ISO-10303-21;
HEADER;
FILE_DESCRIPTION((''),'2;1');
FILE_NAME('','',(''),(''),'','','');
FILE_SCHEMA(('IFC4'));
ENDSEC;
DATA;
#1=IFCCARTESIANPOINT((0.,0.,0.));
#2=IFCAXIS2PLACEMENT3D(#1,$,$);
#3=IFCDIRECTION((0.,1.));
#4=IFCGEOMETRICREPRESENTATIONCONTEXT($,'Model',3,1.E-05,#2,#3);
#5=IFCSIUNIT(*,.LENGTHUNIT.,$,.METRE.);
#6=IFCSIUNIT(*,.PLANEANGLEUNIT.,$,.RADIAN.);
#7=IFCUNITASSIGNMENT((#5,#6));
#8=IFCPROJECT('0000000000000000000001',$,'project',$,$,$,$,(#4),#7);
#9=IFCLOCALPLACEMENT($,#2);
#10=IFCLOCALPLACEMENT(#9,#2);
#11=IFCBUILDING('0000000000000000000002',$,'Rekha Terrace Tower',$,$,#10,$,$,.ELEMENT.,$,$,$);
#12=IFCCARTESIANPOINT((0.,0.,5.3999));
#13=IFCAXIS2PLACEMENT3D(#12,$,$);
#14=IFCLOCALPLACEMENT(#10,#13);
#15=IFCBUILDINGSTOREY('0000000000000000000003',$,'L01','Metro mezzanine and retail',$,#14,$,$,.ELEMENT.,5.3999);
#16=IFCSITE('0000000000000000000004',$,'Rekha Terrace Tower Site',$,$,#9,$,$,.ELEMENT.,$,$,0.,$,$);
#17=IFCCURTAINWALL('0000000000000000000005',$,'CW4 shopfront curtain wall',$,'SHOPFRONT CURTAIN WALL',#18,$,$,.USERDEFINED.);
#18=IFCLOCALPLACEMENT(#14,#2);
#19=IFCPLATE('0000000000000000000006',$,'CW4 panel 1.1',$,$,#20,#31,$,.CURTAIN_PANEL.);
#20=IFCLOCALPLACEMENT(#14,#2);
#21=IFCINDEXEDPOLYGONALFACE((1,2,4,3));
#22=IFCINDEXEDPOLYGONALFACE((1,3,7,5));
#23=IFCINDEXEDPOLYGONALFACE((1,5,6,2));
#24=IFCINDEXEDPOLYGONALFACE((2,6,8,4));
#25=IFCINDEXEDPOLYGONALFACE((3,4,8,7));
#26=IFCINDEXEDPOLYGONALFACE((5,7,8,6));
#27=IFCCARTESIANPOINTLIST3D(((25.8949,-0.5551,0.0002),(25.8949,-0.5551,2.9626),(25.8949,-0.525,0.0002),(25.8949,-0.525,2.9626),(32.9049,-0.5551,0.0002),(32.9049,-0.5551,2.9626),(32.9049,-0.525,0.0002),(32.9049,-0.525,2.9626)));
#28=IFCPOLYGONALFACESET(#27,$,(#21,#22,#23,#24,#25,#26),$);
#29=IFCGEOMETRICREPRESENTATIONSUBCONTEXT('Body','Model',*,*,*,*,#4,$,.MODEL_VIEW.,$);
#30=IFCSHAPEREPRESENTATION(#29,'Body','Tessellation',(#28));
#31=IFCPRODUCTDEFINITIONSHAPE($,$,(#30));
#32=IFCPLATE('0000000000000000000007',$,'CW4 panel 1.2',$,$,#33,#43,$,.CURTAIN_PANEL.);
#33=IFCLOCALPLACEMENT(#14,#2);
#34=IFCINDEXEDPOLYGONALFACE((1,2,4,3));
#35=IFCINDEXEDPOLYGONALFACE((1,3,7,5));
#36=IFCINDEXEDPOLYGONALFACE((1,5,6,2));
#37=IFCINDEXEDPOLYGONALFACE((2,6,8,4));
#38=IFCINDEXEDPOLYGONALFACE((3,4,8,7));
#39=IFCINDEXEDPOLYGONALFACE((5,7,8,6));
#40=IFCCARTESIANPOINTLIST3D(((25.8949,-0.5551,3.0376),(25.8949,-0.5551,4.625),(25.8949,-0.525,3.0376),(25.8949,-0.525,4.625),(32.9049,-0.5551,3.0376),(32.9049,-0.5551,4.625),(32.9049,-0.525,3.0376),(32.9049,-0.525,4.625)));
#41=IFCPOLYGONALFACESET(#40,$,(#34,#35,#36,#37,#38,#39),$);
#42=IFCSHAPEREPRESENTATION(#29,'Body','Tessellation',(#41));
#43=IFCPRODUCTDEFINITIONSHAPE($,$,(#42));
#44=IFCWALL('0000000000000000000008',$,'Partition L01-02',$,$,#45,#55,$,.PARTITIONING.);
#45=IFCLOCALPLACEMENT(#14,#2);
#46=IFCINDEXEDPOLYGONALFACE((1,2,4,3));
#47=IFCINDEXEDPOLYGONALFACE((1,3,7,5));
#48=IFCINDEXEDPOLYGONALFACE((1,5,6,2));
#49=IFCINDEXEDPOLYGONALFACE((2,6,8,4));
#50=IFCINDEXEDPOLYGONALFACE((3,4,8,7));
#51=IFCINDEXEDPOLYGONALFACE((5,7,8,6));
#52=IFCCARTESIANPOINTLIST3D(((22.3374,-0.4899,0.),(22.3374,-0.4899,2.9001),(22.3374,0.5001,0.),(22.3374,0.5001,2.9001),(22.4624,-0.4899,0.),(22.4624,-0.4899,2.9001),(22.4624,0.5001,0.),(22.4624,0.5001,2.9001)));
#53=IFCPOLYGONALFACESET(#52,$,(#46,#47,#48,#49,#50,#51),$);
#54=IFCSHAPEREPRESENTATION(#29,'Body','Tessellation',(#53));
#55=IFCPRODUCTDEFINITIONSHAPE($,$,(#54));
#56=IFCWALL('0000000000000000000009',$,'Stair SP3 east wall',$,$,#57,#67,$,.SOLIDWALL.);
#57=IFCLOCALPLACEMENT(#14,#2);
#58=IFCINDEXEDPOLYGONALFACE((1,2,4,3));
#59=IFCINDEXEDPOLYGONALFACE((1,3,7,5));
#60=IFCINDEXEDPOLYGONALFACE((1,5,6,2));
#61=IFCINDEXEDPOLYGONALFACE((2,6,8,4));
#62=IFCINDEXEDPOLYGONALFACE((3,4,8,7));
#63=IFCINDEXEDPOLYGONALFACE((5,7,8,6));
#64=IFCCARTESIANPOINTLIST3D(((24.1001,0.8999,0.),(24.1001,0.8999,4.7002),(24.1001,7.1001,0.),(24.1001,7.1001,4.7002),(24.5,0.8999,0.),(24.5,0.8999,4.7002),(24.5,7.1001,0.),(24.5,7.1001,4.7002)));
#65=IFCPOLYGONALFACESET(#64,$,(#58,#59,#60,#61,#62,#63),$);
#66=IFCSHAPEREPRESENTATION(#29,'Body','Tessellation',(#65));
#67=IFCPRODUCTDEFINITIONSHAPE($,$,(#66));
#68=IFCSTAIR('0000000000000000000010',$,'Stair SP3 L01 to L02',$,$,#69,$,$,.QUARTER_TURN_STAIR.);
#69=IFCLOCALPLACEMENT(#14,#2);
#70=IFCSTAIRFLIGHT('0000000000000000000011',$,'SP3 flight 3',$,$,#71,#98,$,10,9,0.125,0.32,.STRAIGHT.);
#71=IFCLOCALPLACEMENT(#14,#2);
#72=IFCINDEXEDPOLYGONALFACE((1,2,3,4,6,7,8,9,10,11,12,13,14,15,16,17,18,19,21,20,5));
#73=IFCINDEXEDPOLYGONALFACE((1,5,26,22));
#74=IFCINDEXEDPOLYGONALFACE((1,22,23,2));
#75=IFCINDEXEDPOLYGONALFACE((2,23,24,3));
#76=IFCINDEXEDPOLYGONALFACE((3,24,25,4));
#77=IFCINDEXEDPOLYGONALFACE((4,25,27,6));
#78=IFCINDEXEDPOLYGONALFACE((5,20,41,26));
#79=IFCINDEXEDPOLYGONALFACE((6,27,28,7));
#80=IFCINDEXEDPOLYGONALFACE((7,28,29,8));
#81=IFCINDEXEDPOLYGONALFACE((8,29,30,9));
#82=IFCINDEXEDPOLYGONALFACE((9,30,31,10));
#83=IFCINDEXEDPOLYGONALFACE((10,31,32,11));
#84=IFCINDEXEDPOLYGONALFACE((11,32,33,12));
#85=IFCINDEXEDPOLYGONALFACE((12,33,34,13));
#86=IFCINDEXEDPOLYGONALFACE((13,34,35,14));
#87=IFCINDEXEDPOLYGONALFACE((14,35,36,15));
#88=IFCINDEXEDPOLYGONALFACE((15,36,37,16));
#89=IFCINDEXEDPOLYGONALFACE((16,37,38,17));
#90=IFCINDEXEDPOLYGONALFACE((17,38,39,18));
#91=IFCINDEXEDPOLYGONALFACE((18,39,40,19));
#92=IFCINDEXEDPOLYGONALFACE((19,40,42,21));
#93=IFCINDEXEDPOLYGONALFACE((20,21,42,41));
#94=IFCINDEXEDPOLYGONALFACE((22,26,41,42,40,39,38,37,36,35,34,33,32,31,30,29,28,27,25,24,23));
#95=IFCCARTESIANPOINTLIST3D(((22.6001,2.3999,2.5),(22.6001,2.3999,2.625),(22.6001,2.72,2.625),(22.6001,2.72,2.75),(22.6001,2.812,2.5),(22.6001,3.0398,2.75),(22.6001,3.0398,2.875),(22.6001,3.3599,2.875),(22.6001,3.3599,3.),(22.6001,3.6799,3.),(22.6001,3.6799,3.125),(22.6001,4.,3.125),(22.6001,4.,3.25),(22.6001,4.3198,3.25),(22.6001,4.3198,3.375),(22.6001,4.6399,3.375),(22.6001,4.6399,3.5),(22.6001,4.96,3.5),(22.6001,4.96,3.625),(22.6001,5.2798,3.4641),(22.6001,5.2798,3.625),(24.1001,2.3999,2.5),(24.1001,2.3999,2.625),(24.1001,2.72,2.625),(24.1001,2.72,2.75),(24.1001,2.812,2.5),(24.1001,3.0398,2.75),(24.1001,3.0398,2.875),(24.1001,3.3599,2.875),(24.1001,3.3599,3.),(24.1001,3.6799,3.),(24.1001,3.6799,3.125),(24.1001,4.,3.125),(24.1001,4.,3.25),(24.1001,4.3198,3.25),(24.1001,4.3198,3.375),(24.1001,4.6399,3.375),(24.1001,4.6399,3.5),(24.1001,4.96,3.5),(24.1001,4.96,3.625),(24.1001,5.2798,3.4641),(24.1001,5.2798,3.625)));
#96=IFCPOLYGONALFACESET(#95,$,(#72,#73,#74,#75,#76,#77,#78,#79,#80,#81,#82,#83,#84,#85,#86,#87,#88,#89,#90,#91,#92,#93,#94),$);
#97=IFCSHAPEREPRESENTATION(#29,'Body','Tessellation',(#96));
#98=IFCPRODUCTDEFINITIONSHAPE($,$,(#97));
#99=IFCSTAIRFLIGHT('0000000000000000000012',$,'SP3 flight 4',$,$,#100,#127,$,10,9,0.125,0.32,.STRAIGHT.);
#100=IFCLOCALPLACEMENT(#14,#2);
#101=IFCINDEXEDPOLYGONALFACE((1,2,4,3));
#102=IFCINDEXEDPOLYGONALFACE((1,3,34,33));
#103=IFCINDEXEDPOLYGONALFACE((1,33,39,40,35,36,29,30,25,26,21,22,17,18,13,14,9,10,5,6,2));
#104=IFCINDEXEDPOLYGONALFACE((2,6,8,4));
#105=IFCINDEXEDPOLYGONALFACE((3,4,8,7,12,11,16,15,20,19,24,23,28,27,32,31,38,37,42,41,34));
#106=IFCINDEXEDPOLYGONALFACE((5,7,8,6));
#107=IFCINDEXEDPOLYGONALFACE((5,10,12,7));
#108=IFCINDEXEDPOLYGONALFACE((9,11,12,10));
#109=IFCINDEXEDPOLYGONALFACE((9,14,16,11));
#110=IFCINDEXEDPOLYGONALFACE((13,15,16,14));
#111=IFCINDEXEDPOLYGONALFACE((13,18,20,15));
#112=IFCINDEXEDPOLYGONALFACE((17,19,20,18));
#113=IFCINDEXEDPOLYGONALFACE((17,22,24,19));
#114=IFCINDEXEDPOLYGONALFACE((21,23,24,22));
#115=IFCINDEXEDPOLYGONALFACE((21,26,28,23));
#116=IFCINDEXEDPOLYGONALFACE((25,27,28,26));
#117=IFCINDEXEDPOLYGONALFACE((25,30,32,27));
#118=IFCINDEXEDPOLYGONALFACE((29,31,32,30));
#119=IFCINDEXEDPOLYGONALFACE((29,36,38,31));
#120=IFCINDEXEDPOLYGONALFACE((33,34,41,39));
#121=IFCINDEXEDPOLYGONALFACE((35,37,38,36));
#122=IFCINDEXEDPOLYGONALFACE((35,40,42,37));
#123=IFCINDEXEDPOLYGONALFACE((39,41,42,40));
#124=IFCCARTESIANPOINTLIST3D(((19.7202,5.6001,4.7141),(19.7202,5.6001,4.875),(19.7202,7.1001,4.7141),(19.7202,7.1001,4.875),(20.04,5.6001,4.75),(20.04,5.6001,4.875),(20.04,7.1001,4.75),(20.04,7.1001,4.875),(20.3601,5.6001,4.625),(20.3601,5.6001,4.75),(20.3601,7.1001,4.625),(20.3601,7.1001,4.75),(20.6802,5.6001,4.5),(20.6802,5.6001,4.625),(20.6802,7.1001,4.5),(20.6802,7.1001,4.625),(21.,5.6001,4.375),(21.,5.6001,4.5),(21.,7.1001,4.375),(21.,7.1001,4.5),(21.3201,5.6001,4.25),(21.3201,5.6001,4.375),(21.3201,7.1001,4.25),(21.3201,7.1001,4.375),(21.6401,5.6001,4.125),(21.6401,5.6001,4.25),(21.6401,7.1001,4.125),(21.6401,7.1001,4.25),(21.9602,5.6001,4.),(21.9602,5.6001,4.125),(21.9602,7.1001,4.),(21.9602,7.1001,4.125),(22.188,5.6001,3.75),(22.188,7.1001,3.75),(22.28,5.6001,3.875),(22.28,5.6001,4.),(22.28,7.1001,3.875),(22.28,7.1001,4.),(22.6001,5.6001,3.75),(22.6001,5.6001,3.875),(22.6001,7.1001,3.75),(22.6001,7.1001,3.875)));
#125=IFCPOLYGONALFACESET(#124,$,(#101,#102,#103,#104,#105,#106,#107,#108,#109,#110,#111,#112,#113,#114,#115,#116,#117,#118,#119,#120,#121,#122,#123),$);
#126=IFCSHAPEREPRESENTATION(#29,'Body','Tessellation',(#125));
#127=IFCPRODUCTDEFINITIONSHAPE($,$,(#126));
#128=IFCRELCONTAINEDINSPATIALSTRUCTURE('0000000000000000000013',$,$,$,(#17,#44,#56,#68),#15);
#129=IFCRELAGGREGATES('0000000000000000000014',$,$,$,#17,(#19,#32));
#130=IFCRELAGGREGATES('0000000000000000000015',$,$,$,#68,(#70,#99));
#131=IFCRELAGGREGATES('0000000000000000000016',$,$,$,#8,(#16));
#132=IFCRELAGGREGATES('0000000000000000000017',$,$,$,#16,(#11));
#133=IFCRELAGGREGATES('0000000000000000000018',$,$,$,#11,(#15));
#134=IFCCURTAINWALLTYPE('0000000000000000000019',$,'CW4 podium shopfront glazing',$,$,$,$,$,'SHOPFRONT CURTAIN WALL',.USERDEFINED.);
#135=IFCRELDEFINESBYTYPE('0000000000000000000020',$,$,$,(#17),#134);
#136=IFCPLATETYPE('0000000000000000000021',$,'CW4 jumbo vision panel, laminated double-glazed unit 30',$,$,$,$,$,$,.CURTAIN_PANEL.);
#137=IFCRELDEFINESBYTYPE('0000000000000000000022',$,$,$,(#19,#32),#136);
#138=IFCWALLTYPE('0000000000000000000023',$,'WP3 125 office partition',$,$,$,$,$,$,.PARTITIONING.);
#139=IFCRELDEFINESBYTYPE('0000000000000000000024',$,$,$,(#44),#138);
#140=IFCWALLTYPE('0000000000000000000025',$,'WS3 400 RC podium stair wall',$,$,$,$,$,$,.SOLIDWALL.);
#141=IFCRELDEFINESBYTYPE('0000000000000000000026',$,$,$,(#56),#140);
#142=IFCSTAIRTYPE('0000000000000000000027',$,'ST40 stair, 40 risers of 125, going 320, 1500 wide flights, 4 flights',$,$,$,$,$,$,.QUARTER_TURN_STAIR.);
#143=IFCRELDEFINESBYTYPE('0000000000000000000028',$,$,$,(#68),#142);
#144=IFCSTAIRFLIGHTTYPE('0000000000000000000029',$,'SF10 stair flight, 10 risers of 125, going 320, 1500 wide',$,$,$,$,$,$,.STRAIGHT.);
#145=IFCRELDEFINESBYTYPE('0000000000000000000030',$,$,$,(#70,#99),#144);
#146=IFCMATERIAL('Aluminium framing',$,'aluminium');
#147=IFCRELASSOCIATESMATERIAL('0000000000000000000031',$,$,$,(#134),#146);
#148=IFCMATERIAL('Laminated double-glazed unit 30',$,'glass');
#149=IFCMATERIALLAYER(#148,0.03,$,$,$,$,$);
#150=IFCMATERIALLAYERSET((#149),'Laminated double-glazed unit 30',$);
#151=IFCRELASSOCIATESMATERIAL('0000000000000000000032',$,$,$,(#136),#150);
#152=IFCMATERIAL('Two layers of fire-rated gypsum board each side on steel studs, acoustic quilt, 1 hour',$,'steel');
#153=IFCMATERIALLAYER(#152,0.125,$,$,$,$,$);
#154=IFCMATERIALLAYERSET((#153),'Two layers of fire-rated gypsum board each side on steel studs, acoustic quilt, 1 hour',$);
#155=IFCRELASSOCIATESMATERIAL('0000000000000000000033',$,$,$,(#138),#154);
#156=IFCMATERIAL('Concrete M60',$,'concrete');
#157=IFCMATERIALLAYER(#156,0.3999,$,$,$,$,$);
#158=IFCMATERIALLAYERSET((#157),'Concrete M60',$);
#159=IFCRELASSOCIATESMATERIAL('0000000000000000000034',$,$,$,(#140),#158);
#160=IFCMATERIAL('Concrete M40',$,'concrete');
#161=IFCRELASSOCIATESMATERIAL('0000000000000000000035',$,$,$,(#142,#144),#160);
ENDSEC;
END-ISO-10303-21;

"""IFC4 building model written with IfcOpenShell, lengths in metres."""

from ifc_helpers import new_model, si_unit, direction, frame, frame_2d, origin, origin_2d, place, context, subcontext, project, spatial, polyline, rectangle, outline, extrude, material, layer, layer_set, type_object, element, aggregate, save


model = new_model("IFC4")

# Units and contexts
model_context = context("Model", 3, precision=1e-05, world=origin(), true_north=direction((0.0, 1.0)))
body_context = subcontext(model_context, "Body", "Model", "MODEL_VIEW")
ifc_project = project(units=[si_unit("LENGTHUNIT", "METRE"), si_unit("PLANEANGLEUNIT", "RADIAN")], contexts=[model_context])

# Site, building, storey
site_placement = place(None, origin())
site = spatial("IfcSite", under=ifc_project, at=site_placement, Name="Rekha Terrace Tower Site", CompositionType="ELEMENT", RefElevation=0.0)
building_placement = place(site_placement, origin())
building = spatial("IfcBuilding", under=site, at=building_placement, Name="Rekha Terrace Tower", CompositionType="ELEMENT")
storey_placement = place(building_placement, frame((0.0, 0.0, 5.3999)))
storey = spatial("IfcBuildingStorey", under=building, at=storey_placement, Name="L01", Description="Metro mezzanine and retail", CompositionType="ELEMENT", Elevation=5.3999)

# Shared definitions
ifc_material_1 = material(Name="Concrete M60", Category="concrete")

# Shared definitions
ifc_material_2 = material(Name="Aluminium framing", Category="aluminium")
curtain_wall_type = type_object("IfcCurtainWallType", Name="CW4 podium shopfront glazing", ElementType="SHOPFRONT CURTAIN WALL", PredefinedType="USERDEFINED", material=ifc_material_2)

# Curtain wall
curtain_wall_1_placement = place(storey_placement, origin())
curtain_wall_1 = element("IfcCurtainWall", 1, at=curtain_wall_1_placement, inside=storey, type_object=curtain_wall_type, Name="CW4 shopfront curtain wall", ObjectType="SHOPFRONT CURTAIN WALL", PredefinedType="USERDEFINED")

# Plates
ifc_material_3 = material(Name="Laminated double-glazed unit 30", Category="glass")
ifc_layer_1 = layer(ifc_material_3, 0.03)
ifc_layer_set_1 = layer_set([ifc_layer_1], Name="Laminated double-glazed unit 30")
plate_type = type_object("IfcPlateType", Name="CW4 jumbo vision panel, laminated double-glazed unit 30", PredefinedType="CURTAIN_PANEL", material=ifc_layer_set_1)
plate_1_placement = place(storey_placement, frame((29.3999, -0.54, 0.0002), z_axis=(0.0, 0.0, 1.0), x_axis=(1.0, 0.0, 0.0)))
plate_1 = element("IfcPlate", 2, at=plate_1_placement, type_object=plate_type, Name="CW4 panel 1.1", PredefinedType="CURTAIN_PANEL", context=body_context, shape_type="SweptSolid", body=[
    extrude(rectangle(XDim=7.01, YDim=0.03, at=origin_2d()), origin(), (0.0, 0.0, 1.0), 2.9624),
])
plate_2_placement = place(storey_placement, frame((29.3999, -0.54, 3.0376), z_axis=(0.0, 0.0, 1.0), x_axis=(1.0, 0.0, 0.0)))
plate_2 = element("IfcPlate", 3, at=plate_2_placement, type_object=plate_type, Name="CW4 panel 1.2", PredefinedType="CURTAIN_PANEL", context=body_context, shape_type="SweptSolid", body=[
    extrude(rectangle(XDim=7.01, YDim=0.03, at=origin_2d()), origin(), (0.0, 0.0, 1.0), 1.5874),
])
aggregate(curtain_wall_1, [plate_1, plate_2])

# Walls
ifc_material_4 = material(Name="Two layers of fire-rated gypsum board each side on steel studs, acoustic quilt, 1 hour", Category="steel")
ifc_layer_2 = layer(ifc_material_4, 0.125)
ifc_layer_set_2 = layer_set([ifc_layer_2], Name="Two layers of fire-rated gypsum board each side on steel studs, acoustic quilt, 1 hour")
wall_type_1 = type_object("IfcWallType", Name="WP3 125 office partition", PredefinedType="PARTITIONING", material=ifc_layer_set_2)
wall_1_placement = place(storey_placement, frame((22.3999, -0.49, 0.0), z_axis=(0.0, 0.0, 1.0), x_axis=(0.0, 1.0, 0.0)))
element("IfcWall", 4, at=wall_1_placement, inside=storey, type_object=wall_type_1, Name="Partition L01-02", PredefinedType="PARTITIONING", context=body_context, shape_type="SweptSolid", body=[
    extrude(rectangle(XDim=0.99, YDim=0.125, at=frame_2d((0.4951, 0.0))), origin(), (0.0, 0.0, 1.0), 2.9001),
])
ifc_layer_3 = layer(ifc_material_1, 0.3999)
ifc_layer_set_3 = layer_set([ifc_layer_3], Name="Concrete M60")
wall_type_2 = type_object("IfcWallType", Name="WS3 400 RC podium stair wall", PredefinedType="SOLIDWALL", material=ifc_layer_set_3)
wall_2_placement = place(storey_placement, frame((24.3, 0.8999, 0.0), z_axis=(0.0, 0.0, 1.0), x_axis=(0.0, 1.0, 0.0)))
element("IfcWall", 5, at=wall_2_placement, inside=storey, type_object=wall_type_2, Name="Stair SP3 east wall", PredefinedType="SOLIDWALL", context=body_context, shape_type="SweptSolid", body=[
    extrude(rectangle(XDim=6.2002, YDim=0.3999, at=frame_2d((3.1001, 0.0))), origin(), (0.0, 0.0, 1.0), 4.7002),
])

# Stair, stair flights
ifc_material_5 = material(Name="Concrete M40", Category="concrete")
stair_type = type_object("IfcStairType", Name="ST40 stair, 40 risers of 125, going 320, 1500 wide flights, 4 flights", PredefinedType="QUARTER_TURN_STAIR", material=ifc_material_5)
stair_placement = place(storey_placement, origin())
stair = element("IfcStair", 6, at=stair_placement, inside=storey, type_object=stair_type, Name="Stair SP3 L01 to L02", PredefinedType="QUARTER_TURN_STAIR")
stair_flight_type = type_object("IfcStairFlightType", Name="SF10 stair flight, 10 risers of 125, going 320, 1500 wide", PredefinedType="STRAIGHT", material=ifc_material_5)
stair_flight_1_placement = place(storey_placement, frame((23.3501, 2.3999, 2.5), z_axis=(0.0, 0.0, 1.0), x_axis=(0.0, 1.0, 0.0)))
stair_flight_1 = element("IfcStairFlight", 7, at=stair_flight_1_placement, type_object=stair_flight_type, Name="SP3 flight 3", NumberOfRisers=10, NumberOfTreads=9, PredefinedType="STRAIGHT", RiserHeight=0.125, TreadLength=0.32, context=body_context, shape_type="SweptSolid", body=[
    extrude(outline(polyline([(0.0, 0.0), (0.0, 0.125), (0.3201, 0.125), (0.3201, 0.25), (0.6399, 0.25), (0.6399, 0.375), (0.96, 0.375), (0.96, 0.5), (1.28, 0.5), (1.28, 0.625), (1.6001, 0.625), (1.6001, 0.75), (1.9199, 0.75), (1.9199, 0.875), (2.24, 0.875), (2.24, 1.0), (2.5601, 1.0), (2.5601, 1.125), (2.8799, 1.125), (2.8799, 1.25), (2.8799, 0.9641), (0.4121, 0.0), (0.0, 0.0)])), frame((0.0, 0.75, 0.0), z_axis=(0.0, -1.0, 0.0), x_axis=(1.0, 0.0, 0.0)), (0.0, 0.0, 1.0), 1.5),
])
stair_flight_2_placement = place(storey_placement, frame((22.6001, 6.3501, 3.75), z_axis=(0.0, 0.0, 1.0), x_axis=(-1.0, 0.0, 0.0)))
stair_flight_2 = element("IfcStairFlight", 8, at=stair_flight_2_placement, type_object=stair_flight_type, Name="SP3 flight 4", NumberOfRisers=10, NumberOfTreads=9, PredefinedType="STRAIGHT", RiserHeight=0.125, TreadLength=0.32, context=body_context, shape_type="SweptSolid", body=[
    extrude(outline(polyline([(0.0, 0.0), (0.0, 0.125), (0.3201, 0.125), (0.3201, 0.25), (0.6399, 0.25), (0.6399, 0.375), (0.96, 0.375), (0.96, 0.5), (1.28, 0.5), (1.28, 0.625), (1.6001, 0.625), (1.6001, 0.75), (1.9199, 0.75), (1.9199, 0.875), (2.24, 0.875), (2.24, 1.0), (2.5601, 1.0), (2.5601, 1.125), (2.8799, 1.125), (2.8799, 1.25), (2.8799, 0.9641), (0.4121, 0.0), (0.0, 0.0)])), frame((0.0, 0.75, 0.0), z_axis=(0.0, -1.0, 0.0), x_axis=(1.0, 0.0, 0.0)), (0.0, 0.0, 1.0), 1.5),
])
aggregate(stair, [stair_flight_1, stair_flight_2])

save(model, "model.ifc")
